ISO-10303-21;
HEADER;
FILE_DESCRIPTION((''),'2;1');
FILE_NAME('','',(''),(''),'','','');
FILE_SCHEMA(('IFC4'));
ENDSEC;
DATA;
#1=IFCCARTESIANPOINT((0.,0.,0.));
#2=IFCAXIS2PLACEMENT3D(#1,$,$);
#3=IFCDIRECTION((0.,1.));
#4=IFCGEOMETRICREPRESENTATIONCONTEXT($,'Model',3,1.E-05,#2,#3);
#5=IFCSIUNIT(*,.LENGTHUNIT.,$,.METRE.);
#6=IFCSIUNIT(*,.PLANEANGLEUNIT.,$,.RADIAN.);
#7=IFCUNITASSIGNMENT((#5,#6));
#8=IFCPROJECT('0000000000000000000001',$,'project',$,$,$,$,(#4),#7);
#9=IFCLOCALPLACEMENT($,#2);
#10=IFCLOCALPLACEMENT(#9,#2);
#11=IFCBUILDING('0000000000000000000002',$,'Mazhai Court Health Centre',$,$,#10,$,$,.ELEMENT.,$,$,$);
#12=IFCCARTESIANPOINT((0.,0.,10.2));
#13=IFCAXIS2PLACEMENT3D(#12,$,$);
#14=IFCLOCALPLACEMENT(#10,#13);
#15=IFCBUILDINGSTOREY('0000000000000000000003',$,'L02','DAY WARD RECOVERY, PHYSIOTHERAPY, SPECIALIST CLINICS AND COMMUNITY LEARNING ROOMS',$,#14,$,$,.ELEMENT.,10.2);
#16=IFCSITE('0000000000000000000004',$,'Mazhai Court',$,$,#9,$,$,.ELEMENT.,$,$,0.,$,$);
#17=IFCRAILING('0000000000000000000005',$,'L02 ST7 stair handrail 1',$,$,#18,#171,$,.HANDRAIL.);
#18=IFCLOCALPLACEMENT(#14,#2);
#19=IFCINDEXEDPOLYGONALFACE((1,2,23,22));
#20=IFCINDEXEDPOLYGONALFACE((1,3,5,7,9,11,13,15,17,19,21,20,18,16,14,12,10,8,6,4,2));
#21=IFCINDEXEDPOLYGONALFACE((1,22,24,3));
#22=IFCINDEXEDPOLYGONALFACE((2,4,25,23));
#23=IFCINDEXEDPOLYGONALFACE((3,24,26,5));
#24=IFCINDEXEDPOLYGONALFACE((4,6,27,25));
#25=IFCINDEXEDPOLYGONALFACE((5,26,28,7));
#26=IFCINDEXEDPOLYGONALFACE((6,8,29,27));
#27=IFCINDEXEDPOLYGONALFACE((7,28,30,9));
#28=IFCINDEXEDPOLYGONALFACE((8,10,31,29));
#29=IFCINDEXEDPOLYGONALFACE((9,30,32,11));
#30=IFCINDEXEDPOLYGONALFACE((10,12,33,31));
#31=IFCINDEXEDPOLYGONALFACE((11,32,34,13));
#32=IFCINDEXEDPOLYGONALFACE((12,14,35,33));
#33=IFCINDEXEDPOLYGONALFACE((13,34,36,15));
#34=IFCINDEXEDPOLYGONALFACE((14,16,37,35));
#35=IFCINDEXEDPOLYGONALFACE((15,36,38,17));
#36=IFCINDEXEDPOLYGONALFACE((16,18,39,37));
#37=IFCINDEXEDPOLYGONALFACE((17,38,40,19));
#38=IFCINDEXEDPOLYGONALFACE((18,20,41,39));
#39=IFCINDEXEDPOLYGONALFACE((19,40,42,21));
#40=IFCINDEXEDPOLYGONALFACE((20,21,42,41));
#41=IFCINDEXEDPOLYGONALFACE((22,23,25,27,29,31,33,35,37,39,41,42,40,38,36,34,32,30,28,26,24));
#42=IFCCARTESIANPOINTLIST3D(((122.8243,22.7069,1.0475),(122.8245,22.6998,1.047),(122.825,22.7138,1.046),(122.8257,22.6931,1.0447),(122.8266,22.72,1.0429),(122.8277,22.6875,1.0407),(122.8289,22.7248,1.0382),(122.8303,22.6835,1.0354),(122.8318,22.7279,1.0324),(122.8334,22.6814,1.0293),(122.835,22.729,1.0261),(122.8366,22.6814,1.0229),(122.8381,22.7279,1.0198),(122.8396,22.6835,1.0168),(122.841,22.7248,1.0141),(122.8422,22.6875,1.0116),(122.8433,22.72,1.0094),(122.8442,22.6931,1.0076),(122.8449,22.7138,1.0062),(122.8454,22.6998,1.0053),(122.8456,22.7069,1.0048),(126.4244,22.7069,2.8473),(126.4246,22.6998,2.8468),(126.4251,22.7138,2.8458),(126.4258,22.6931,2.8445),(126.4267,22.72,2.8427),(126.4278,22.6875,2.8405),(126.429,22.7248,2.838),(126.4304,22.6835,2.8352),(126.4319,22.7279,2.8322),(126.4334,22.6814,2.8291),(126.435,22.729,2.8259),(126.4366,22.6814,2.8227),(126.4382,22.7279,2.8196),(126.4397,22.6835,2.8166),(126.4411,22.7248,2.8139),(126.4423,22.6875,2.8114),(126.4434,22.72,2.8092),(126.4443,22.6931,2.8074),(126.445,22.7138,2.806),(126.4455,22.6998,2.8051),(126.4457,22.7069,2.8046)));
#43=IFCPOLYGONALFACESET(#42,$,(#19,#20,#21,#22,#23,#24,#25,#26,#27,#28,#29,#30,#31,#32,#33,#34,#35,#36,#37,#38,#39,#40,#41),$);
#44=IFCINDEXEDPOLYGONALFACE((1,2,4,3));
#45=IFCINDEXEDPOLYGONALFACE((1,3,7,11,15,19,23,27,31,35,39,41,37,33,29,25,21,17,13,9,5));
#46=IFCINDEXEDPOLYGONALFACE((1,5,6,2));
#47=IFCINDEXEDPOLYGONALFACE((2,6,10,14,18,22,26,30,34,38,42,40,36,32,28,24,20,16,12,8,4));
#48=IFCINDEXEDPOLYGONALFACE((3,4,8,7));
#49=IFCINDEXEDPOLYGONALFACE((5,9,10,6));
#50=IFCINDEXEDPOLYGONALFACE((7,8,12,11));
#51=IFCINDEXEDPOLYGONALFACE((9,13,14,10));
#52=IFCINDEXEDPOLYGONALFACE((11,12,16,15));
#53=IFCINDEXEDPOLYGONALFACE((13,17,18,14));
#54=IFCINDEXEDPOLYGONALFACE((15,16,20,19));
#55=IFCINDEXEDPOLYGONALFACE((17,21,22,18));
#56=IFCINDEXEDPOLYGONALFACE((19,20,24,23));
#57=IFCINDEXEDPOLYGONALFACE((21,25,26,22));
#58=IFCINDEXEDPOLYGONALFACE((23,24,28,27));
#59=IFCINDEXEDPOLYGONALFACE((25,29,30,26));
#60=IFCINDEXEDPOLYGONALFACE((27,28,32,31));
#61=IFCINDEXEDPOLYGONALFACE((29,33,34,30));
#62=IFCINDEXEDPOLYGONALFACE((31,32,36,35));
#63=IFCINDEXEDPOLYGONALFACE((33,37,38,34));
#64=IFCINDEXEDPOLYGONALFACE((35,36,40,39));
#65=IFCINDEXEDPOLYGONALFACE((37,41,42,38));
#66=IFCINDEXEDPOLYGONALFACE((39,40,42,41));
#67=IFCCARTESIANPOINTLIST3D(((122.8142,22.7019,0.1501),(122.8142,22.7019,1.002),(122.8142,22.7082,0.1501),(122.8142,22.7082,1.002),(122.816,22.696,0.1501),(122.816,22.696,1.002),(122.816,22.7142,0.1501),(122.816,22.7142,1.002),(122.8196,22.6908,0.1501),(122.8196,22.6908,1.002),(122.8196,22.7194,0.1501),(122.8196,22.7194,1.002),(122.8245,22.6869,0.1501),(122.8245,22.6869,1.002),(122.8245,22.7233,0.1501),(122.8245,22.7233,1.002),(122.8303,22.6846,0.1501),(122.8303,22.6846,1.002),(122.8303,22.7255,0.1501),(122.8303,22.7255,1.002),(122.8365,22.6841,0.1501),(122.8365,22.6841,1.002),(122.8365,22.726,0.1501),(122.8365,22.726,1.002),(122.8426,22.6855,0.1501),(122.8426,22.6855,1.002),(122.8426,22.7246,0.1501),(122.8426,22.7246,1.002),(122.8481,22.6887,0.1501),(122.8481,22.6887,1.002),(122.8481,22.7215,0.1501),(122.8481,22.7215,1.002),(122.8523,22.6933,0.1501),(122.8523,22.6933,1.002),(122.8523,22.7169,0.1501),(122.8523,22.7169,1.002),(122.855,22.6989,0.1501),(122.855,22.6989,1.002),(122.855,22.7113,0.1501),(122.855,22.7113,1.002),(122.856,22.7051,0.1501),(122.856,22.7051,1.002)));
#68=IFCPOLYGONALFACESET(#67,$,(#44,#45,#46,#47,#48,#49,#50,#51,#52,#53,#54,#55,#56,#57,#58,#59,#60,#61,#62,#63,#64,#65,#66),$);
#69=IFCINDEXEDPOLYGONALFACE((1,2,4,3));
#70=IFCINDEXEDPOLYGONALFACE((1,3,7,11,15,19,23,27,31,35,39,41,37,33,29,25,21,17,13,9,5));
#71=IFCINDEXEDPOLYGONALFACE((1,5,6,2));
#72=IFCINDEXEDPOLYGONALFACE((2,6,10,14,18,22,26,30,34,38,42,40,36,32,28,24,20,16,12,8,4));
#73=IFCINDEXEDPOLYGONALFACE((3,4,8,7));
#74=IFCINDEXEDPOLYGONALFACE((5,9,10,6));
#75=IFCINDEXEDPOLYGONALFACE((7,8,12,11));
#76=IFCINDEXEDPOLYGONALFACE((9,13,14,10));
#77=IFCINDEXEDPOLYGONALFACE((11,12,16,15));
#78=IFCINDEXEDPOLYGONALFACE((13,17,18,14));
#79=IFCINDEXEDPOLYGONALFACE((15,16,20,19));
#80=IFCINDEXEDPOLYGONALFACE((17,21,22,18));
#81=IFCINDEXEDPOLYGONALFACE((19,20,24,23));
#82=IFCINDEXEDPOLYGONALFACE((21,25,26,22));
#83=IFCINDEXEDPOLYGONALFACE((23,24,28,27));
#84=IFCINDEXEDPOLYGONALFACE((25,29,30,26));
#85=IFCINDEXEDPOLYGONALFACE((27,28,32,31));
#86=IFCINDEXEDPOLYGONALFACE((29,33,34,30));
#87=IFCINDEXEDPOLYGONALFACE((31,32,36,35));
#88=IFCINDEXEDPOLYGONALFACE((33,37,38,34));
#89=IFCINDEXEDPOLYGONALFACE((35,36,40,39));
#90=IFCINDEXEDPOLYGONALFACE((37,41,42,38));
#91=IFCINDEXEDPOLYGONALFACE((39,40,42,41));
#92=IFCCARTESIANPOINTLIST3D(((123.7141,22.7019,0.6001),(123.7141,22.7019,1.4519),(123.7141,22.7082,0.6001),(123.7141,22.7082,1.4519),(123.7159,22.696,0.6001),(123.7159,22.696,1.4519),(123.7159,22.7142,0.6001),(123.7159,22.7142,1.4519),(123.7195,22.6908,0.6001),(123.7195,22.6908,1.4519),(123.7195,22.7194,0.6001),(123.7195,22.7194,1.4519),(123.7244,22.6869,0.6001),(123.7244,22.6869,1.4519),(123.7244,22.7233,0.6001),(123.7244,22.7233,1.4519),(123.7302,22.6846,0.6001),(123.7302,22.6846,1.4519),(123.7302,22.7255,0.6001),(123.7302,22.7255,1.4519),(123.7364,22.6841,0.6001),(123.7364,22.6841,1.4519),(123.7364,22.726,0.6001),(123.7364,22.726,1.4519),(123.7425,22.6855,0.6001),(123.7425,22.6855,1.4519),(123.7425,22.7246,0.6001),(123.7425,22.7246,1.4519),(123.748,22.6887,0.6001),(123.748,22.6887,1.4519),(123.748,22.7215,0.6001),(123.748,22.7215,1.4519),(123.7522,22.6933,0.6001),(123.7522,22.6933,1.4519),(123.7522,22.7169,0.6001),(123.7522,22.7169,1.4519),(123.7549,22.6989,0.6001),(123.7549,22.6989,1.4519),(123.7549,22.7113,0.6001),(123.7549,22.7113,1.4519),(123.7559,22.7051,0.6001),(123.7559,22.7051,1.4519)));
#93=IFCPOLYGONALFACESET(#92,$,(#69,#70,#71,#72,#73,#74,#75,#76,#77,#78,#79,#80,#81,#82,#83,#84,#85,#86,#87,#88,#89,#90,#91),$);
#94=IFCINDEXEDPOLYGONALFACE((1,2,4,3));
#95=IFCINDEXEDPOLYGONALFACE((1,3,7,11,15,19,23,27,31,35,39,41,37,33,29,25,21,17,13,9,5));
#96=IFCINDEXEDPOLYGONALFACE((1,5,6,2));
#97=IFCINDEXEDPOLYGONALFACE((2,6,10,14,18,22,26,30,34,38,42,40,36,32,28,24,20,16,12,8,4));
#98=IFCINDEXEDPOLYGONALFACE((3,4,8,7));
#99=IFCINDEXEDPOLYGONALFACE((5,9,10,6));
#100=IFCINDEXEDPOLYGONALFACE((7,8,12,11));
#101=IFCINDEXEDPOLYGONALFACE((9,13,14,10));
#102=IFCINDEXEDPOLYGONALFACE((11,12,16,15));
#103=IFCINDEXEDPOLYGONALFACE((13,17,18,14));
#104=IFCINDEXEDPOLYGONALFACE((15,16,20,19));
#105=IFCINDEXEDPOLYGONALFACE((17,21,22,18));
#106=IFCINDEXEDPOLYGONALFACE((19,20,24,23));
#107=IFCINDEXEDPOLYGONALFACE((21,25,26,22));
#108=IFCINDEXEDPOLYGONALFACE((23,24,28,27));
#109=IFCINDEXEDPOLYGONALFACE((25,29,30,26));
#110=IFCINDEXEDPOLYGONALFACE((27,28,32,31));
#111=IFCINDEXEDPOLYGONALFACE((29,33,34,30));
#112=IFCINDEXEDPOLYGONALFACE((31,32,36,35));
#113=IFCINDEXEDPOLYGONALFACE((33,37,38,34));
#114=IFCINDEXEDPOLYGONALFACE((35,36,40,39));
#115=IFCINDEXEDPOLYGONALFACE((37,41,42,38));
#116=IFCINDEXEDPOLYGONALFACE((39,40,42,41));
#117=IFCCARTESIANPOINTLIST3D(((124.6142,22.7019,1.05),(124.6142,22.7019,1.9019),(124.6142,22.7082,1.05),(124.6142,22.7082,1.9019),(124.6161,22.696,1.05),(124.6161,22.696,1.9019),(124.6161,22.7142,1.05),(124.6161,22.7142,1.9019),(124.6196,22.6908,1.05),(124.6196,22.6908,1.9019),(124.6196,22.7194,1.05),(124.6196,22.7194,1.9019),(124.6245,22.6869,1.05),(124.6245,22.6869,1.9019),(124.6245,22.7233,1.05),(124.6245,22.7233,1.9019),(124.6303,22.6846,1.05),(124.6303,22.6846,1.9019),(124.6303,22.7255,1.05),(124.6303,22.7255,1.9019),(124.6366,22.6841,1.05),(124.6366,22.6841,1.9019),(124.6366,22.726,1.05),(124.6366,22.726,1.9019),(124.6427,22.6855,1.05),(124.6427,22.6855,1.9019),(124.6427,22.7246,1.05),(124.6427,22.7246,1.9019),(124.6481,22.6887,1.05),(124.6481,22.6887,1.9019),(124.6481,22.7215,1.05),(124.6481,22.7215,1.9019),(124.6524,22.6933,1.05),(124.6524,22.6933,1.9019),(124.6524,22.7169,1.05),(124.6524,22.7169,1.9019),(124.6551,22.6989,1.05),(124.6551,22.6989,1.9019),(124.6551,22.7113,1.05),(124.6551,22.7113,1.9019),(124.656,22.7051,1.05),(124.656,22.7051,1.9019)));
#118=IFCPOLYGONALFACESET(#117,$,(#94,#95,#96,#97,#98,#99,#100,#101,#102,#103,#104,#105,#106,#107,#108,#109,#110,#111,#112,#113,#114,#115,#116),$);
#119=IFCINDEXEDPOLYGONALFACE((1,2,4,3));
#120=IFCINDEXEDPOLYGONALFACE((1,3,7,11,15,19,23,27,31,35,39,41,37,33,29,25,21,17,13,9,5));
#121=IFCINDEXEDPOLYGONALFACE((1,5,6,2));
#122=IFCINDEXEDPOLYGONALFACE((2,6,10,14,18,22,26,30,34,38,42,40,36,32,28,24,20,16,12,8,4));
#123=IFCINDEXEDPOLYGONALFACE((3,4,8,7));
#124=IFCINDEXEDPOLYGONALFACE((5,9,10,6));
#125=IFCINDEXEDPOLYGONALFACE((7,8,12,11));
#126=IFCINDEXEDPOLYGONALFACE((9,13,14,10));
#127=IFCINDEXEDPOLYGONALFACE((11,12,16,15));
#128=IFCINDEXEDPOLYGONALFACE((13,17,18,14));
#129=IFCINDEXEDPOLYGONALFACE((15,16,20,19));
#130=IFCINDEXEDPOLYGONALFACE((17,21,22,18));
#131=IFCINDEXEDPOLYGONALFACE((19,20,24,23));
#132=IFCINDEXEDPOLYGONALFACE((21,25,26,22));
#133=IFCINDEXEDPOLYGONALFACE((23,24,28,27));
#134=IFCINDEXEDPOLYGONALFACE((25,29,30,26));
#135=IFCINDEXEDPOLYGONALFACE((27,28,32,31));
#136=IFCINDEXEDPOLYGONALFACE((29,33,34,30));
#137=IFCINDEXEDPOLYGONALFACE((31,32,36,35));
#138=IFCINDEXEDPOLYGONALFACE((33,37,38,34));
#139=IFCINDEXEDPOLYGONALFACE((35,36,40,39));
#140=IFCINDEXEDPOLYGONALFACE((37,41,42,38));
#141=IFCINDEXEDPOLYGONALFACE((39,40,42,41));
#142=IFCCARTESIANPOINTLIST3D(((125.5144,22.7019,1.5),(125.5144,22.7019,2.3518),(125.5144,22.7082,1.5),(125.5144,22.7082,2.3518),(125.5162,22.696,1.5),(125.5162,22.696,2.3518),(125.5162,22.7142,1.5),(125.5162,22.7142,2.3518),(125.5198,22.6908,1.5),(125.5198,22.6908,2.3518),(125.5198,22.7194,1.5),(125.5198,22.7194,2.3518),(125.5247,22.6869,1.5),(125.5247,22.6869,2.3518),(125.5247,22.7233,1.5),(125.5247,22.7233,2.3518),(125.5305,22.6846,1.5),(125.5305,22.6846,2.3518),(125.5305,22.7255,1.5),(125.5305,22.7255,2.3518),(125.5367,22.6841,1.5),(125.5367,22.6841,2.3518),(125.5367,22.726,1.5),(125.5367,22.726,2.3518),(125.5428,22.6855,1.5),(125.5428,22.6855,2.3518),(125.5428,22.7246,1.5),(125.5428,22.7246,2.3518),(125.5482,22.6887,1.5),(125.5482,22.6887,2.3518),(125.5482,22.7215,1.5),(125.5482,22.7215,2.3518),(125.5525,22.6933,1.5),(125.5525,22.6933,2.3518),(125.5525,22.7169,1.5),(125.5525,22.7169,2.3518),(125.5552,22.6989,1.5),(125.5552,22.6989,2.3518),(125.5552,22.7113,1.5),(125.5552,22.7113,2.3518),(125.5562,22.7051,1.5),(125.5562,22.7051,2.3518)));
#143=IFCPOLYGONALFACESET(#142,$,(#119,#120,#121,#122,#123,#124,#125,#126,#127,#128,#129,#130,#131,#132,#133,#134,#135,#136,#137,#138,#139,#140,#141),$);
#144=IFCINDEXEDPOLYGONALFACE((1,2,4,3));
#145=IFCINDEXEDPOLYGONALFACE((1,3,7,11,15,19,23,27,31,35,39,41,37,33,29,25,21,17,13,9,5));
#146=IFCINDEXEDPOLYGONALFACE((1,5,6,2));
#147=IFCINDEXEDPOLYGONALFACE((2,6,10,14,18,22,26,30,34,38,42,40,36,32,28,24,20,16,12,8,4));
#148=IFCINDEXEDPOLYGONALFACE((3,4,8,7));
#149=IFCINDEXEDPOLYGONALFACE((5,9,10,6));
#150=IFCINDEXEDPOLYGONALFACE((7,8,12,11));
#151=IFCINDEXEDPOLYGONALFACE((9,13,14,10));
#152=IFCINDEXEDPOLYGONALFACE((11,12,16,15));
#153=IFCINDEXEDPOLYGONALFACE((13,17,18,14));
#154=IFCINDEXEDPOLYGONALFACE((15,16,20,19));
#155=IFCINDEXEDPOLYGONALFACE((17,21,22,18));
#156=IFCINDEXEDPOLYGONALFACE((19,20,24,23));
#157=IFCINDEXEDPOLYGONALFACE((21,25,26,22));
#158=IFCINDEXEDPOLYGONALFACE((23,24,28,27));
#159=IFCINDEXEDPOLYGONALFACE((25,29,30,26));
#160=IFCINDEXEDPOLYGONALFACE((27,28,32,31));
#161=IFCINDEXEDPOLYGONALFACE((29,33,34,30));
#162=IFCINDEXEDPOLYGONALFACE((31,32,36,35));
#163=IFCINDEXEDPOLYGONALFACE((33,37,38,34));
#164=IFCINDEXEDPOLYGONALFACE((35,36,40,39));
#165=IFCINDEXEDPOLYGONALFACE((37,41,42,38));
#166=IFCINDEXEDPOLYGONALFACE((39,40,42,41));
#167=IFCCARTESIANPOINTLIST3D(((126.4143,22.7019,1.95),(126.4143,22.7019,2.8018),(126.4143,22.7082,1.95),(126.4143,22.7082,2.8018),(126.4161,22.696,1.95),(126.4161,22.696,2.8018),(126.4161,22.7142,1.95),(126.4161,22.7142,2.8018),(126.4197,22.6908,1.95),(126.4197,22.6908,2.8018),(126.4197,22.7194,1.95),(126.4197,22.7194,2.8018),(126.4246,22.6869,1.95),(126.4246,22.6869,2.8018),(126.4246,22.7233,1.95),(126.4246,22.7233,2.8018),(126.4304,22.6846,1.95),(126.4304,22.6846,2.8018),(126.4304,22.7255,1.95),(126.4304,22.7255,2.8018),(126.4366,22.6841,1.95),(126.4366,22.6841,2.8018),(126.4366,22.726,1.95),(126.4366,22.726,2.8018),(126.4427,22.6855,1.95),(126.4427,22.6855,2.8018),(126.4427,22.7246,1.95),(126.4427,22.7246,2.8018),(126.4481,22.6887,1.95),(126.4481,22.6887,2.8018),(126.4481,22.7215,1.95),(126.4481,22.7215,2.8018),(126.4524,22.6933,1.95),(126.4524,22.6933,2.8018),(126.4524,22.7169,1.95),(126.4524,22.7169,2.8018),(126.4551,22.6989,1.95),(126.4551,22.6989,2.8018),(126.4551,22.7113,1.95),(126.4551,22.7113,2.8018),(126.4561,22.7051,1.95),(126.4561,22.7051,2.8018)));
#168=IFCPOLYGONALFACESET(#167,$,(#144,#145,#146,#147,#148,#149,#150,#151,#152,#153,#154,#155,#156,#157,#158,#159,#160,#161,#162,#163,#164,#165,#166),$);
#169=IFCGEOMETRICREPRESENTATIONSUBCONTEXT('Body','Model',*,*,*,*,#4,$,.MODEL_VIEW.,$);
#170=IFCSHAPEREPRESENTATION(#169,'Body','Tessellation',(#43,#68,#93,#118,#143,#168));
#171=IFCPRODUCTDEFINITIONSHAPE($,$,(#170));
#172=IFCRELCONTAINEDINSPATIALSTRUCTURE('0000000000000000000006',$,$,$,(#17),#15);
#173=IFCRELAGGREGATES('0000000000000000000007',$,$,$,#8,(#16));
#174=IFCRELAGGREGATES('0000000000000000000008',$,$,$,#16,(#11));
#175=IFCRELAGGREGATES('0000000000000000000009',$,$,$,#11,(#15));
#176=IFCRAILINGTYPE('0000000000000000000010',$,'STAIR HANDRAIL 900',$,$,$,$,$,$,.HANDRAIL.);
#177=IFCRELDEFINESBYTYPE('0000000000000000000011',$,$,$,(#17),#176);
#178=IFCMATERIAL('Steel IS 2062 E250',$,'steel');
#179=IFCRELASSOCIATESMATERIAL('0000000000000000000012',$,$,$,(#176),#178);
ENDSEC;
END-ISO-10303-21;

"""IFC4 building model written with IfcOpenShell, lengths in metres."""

from ifc_helpers import new_model, si_unit, direction, frame, origin, origin_2d, place, context, subcontext, project, spatial, circle, extrude, material, type_object, element, save


model = new_model("IFC4")

# Units and contexts
model_context = context("Model", 3, precision=1e-05, world=origin(), true_north=direction((0.0, 1.0)))
body_context = subcontext(model_context, "Body", "Model", "MODEL_VIEW")
ifc_project = project(units=[si_unit("LENGTHUNIT", "METRE"), si_unit("PLANEANGLEUNIT", "RADIAN")], contexts=[model_context])

# Site, building, storey
site_placement = place(None, origin())
site = spatial("IfcSite", under=ifc_project, at=site_placement, Name="Mazhai Court", CompositionType="ELEMENT", RefElevation=0.0)
building_placement = place(site_placement, origin())
building = spatial("IfcBuilding", under=site, at=building_placement, Name="Mazhai Court Health Centre", CompositionType="ELEMENT")
storey_placement = place(building_placement, frame((0.0, 0.0, 10.2)))
storey = spatial("IfcBuildingStorey", under=building, at=storey_placement, Name="L02", Description="DAY WARD RECOVERY, PHYSIOTHERAPY, SPECIALIST CLINICS AND COMMUNITY LEARNING ROOMS", CompositionType="ELEMENT", Elevation=10.2)

# Railing
ifc_material_1 = material(Name="Steel IS 2062 E250", Category="steel")
railing_type = type_object("IfcRailingType", Name="STAIR HANDRAIL 900", PredefinedType="HANDRAIL", material=ifc_material_1)
railing_placement = place(storey_placement, frame((122.835, 22.7051, 0.1501)))
element("IfcRailing", 1, at=railing_placement, inside=storey, type_object=railing_type, Name="L02 ST7 stair handrail 1", PredefinedType="HANDRAIL", context=body_context, shape_type="SweptSolid", body=[
    extrude(circle(Radius=0.0239, at=origin_2d()), frame((0.0, 0.0, 0.876), z_axis=(0.894451, 0.0, 0.447165), x_axis=(0.0, 1.0, 0.0)), (0.0, 0.0, 1.0), 4.0249),
    extrude(circle(Radius=0.021, at=origin_2d()), origin(), (0.0, 0.0, 1.0), 0.8518),
    extrude(circle(Radius=0.021, at=origin_2d()), frame((0.8999, 0.0, 0.45)), (0.0, 0.0, 1.0), 0.8518),
    extrude(circle(Radius=0.021, at=origin_2d()), frame((1.8, 0.0, 0.8999)), (0.0, 0.0, 1.0), 0.8518),
    extrude(circle(Radius=0.021, at=origin_2d()), frame((2.7002, 0.0, 1.3499)), (0.0, 0.0, 1.0), 0.8518),
    extrude(circle(Radius=0.021, at=origin_2d()), frame((3.6001, 0.0, 1.7998)), (0.0, 0.0, 1.0), 0.8518),
])

save(model, "model.ifc")
